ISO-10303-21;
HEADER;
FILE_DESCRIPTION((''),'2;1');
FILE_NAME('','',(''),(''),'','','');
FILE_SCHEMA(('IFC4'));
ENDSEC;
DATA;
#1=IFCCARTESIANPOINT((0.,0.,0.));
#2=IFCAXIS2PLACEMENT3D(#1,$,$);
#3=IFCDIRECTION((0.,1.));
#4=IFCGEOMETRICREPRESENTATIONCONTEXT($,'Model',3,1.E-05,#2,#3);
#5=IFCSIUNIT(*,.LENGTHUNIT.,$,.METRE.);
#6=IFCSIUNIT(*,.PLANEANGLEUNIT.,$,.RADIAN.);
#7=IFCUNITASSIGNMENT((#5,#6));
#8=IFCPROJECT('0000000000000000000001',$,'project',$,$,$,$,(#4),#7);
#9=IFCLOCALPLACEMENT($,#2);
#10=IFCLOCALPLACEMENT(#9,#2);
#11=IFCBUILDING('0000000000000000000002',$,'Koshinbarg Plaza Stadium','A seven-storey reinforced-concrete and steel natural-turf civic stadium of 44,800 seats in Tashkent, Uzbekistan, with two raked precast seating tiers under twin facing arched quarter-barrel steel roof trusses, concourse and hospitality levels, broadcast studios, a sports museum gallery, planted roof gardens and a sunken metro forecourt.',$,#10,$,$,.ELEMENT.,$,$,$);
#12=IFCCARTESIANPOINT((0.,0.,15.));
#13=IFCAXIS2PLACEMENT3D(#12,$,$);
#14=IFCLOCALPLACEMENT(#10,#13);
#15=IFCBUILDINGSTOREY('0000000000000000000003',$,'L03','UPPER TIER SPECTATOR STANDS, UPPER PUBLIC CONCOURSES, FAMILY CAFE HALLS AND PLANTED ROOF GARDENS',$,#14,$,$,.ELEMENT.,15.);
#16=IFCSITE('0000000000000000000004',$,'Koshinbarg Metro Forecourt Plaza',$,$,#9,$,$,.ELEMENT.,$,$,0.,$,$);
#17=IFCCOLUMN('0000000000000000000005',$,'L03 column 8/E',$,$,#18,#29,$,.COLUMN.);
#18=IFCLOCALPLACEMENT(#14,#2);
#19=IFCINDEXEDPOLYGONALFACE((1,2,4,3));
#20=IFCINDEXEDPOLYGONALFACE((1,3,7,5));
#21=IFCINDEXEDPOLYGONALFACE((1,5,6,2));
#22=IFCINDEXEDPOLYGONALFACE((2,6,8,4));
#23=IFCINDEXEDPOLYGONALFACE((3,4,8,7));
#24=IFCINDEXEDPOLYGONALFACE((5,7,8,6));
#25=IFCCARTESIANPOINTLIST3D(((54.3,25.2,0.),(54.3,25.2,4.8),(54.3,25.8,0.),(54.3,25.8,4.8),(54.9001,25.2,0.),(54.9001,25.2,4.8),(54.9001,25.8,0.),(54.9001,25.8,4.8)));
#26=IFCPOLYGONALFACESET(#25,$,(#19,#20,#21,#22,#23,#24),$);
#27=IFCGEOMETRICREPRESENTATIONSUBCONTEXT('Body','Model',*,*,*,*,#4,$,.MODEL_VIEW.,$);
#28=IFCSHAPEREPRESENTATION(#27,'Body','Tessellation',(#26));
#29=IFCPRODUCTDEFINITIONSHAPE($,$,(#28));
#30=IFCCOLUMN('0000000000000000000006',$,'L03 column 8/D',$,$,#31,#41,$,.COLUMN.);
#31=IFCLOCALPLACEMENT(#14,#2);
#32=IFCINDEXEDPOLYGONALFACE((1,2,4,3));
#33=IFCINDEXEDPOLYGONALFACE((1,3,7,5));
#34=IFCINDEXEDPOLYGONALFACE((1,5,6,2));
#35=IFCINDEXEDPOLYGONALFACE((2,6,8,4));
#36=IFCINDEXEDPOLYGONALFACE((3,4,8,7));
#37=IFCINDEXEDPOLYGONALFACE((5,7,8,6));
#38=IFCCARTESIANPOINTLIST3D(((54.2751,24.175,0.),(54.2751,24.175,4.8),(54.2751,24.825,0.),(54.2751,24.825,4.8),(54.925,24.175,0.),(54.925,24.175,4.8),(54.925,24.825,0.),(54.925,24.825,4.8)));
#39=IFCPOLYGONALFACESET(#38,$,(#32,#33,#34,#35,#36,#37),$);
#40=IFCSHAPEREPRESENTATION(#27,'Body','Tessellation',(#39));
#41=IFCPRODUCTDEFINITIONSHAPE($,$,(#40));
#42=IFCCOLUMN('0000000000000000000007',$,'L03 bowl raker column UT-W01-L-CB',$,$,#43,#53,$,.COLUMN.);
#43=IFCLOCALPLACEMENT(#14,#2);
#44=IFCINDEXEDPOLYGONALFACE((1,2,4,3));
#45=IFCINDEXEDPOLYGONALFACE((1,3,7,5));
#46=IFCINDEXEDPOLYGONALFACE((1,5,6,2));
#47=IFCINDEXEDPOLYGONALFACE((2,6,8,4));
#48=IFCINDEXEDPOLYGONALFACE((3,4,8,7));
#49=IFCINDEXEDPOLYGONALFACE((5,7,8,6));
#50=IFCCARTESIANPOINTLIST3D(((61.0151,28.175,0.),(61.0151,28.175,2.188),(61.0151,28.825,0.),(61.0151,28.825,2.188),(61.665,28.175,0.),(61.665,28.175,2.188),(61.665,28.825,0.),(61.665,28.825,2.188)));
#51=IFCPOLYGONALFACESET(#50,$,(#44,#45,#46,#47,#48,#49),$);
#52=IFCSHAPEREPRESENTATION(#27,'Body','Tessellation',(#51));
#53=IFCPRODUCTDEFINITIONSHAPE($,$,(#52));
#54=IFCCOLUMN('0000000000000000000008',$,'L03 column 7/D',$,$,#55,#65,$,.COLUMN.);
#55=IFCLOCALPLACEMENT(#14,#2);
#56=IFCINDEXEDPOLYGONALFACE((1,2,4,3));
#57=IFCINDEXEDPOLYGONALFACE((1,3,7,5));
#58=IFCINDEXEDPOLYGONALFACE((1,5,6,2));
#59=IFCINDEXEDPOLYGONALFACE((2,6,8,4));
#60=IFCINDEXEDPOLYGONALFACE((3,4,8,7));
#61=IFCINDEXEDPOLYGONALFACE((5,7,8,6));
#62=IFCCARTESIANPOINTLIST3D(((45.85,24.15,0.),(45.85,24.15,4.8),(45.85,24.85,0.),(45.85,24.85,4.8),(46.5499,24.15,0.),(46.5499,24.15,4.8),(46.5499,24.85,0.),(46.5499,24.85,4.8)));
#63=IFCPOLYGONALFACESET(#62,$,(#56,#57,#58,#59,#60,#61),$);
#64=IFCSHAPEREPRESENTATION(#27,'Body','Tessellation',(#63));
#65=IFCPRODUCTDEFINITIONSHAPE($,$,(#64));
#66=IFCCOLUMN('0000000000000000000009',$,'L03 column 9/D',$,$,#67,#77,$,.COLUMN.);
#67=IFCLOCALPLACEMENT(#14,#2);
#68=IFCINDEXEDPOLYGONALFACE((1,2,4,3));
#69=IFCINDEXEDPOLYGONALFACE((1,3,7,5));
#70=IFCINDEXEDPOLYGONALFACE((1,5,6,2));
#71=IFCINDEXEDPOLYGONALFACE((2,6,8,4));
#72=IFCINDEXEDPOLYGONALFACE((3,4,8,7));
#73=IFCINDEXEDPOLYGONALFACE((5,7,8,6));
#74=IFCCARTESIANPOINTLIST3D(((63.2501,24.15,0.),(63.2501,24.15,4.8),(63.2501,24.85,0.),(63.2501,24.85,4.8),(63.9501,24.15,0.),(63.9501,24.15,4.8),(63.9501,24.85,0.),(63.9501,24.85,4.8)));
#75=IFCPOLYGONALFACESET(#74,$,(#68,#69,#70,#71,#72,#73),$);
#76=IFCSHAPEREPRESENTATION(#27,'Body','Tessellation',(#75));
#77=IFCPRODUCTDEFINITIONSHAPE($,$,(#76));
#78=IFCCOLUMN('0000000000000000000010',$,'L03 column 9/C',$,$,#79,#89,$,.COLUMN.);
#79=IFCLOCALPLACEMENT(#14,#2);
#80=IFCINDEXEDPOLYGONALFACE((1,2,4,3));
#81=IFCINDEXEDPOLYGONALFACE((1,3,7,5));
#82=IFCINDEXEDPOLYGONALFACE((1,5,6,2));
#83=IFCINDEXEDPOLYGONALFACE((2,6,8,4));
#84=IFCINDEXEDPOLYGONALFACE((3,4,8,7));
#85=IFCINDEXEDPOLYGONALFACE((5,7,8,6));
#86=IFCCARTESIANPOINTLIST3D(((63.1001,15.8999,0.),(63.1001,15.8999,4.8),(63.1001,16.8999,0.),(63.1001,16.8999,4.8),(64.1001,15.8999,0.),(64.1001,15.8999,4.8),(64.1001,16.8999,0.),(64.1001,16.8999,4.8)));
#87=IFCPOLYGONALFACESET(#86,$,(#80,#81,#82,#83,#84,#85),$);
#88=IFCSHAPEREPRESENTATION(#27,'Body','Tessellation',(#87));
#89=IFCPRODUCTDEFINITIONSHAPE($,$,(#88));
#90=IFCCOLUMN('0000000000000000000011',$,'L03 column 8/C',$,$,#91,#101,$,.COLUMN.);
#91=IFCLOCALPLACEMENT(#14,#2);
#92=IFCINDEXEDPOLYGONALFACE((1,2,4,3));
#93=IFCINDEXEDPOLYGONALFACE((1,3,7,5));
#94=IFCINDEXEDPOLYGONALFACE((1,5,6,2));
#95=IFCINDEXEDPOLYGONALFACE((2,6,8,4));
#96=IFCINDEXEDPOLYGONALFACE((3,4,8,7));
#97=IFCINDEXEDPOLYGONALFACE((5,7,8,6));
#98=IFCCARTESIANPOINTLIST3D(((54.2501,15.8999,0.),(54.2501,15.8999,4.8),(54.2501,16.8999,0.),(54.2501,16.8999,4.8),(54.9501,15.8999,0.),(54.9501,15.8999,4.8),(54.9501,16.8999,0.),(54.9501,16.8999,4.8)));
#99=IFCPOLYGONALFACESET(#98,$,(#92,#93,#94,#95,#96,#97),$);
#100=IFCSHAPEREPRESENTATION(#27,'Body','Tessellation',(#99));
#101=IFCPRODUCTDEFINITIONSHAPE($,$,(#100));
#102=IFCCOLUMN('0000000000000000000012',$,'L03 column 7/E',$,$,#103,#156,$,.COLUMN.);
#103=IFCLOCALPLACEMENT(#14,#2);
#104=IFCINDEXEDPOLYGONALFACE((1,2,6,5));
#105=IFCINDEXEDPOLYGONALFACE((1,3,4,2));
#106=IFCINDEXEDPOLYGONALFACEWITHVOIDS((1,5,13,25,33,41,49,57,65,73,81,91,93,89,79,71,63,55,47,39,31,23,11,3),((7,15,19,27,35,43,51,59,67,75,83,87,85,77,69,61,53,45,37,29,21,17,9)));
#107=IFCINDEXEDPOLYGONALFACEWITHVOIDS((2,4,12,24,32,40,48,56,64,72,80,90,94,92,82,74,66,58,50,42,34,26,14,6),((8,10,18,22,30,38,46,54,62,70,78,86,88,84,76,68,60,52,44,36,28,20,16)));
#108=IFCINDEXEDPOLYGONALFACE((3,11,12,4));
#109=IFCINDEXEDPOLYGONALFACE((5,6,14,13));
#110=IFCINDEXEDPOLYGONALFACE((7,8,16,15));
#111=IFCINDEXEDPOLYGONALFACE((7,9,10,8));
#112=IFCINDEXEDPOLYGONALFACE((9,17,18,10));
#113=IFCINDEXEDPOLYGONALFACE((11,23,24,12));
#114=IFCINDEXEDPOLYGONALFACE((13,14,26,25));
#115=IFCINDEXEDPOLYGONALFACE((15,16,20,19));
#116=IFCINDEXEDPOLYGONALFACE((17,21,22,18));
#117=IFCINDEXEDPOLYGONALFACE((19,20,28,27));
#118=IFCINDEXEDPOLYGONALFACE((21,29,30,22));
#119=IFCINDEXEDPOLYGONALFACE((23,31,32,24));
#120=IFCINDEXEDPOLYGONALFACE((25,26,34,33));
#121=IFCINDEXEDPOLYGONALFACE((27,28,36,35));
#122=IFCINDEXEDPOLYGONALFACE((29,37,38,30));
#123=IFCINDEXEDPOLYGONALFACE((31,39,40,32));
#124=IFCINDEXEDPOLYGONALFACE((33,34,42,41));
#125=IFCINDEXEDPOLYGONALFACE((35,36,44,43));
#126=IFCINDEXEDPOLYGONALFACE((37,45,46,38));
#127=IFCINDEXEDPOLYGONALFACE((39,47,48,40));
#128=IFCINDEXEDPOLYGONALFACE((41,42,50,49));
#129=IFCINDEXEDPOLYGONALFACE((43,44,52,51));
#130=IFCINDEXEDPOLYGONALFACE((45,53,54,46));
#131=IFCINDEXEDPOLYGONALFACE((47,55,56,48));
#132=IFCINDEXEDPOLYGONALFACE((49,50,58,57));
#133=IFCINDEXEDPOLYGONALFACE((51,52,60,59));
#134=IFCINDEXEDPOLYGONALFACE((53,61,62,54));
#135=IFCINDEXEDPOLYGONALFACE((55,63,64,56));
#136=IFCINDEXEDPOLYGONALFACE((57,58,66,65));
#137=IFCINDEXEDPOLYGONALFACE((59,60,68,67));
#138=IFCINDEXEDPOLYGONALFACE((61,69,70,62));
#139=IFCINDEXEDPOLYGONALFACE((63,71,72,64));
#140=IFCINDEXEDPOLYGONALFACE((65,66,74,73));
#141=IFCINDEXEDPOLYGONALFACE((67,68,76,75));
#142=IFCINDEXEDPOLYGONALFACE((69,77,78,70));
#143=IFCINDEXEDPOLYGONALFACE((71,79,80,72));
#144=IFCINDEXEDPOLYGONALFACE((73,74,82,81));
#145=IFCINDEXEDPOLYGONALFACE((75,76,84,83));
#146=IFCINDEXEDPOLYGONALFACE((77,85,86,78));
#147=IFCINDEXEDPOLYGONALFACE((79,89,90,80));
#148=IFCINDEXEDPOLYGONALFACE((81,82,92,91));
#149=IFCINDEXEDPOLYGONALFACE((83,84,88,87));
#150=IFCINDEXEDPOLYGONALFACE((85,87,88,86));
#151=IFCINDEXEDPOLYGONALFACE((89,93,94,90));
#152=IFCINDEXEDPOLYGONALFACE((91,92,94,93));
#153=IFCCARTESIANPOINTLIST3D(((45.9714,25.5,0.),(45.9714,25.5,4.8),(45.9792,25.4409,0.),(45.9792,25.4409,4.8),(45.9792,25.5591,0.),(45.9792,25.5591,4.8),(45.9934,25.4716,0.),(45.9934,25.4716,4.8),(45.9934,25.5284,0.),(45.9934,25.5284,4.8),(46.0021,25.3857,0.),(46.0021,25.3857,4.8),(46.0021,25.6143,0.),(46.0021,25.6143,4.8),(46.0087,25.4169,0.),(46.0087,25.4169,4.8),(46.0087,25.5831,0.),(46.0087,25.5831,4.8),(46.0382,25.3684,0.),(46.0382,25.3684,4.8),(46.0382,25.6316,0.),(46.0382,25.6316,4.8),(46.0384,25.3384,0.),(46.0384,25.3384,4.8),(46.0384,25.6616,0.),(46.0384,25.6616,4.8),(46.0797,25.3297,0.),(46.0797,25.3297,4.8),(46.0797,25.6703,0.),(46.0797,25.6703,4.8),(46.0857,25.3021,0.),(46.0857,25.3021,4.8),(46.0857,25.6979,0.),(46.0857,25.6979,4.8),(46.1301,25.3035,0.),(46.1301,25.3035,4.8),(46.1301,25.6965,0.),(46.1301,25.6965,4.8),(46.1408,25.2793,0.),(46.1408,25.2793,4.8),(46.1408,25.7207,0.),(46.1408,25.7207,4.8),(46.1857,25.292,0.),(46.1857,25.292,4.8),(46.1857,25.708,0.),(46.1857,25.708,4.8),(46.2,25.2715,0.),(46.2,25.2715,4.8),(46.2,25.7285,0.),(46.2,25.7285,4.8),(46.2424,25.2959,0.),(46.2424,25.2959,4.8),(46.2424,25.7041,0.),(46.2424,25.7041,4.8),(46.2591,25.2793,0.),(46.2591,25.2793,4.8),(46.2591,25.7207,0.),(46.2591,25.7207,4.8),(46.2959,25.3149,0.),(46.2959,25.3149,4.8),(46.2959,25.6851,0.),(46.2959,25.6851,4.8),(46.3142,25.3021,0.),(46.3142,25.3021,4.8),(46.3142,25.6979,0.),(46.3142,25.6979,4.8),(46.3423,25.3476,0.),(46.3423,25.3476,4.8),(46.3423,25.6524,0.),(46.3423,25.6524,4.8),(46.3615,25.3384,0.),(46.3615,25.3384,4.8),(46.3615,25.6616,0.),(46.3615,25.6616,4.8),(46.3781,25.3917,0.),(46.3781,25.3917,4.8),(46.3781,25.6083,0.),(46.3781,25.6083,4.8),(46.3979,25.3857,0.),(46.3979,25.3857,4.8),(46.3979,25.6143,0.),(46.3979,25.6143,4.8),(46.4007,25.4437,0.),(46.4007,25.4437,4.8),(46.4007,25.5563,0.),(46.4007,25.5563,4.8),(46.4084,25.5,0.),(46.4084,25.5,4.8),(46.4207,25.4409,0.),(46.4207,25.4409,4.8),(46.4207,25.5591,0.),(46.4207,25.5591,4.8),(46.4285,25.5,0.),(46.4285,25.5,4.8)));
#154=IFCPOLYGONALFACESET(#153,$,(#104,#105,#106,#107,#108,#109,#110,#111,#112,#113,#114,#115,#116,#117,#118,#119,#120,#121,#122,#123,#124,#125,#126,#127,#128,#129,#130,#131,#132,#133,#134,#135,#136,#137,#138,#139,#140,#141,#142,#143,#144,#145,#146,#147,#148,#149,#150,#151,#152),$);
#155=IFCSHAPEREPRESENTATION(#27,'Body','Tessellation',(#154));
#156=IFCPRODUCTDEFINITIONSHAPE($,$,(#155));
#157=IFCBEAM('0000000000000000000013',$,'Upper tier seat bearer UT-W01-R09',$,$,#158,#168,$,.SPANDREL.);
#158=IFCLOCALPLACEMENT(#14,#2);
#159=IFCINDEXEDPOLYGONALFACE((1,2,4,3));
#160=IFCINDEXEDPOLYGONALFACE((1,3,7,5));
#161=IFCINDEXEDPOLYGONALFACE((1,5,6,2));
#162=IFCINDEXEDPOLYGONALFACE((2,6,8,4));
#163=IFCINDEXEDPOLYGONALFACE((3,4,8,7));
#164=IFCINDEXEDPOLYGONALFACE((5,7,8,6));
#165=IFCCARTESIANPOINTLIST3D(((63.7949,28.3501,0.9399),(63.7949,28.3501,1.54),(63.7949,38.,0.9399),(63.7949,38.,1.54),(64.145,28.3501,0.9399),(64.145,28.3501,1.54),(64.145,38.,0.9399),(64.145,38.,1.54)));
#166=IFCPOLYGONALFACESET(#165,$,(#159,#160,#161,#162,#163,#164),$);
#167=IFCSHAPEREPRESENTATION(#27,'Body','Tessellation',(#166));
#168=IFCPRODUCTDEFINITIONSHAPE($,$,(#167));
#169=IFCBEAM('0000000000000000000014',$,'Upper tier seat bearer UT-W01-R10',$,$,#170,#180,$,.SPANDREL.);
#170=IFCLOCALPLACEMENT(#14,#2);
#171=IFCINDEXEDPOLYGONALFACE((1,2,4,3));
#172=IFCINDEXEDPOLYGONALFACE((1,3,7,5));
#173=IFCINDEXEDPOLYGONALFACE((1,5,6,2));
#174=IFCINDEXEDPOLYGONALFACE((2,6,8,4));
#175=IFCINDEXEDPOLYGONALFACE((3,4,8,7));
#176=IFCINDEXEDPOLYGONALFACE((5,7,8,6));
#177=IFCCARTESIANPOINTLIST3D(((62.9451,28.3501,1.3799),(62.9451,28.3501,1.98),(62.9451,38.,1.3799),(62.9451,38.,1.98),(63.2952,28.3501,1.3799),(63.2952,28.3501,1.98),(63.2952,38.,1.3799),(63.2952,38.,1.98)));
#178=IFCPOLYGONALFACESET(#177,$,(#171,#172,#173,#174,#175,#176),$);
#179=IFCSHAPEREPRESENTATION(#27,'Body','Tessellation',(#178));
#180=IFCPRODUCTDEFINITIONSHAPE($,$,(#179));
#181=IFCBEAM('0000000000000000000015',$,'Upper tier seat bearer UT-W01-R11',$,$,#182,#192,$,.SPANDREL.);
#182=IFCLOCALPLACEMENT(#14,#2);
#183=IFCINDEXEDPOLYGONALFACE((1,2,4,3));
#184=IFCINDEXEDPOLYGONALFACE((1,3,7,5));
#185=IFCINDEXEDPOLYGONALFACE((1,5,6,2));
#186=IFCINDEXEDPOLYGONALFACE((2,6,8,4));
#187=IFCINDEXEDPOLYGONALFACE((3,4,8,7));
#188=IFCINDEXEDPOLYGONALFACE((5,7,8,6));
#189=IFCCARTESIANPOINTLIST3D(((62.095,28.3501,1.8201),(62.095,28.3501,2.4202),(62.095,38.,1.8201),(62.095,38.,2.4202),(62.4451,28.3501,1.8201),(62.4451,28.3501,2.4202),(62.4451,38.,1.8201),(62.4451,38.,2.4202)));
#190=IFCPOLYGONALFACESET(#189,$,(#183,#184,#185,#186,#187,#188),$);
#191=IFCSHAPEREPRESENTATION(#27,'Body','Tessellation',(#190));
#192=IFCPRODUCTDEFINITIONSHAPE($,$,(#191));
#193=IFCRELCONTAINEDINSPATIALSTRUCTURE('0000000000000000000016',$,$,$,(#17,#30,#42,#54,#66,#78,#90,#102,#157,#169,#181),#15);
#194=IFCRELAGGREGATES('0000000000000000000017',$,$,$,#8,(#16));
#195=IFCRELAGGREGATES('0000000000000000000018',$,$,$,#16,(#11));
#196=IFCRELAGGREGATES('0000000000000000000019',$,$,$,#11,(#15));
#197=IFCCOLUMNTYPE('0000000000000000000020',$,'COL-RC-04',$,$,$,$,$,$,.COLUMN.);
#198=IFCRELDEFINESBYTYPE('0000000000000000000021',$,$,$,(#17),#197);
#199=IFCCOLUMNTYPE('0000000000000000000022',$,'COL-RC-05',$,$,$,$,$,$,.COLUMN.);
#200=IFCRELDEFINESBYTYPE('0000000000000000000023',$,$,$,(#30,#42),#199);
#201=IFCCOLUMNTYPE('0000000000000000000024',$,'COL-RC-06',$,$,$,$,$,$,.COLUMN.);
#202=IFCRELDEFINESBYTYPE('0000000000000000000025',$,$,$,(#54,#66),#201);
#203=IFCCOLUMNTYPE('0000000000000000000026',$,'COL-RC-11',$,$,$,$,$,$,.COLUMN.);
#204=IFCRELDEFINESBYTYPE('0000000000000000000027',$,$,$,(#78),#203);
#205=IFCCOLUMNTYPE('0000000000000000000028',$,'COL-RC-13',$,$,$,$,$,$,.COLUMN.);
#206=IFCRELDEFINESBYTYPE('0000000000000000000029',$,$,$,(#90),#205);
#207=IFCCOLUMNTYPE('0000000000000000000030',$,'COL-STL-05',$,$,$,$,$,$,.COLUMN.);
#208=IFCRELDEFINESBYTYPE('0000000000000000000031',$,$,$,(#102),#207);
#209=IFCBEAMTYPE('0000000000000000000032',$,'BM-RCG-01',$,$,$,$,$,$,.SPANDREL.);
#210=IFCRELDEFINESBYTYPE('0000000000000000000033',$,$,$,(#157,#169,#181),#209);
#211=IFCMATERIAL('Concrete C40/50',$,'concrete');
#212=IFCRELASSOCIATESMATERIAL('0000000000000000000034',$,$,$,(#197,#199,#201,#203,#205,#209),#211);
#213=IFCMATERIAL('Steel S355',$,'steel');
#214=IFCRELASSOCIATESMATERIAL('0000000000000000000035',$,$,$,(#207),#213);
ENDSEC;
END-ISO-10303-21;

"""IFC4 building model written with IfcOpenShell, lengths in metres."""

from ifc_helpers import new_model, si_unit, direction, frame, origin, origin_2d, place, context, subcontext, project, spatial, rectangle, hollow_circle, extrude, material, material_profile, profile_set, type_object, element, save


model = new_model("IFC4")

# Units and contexts
model_context = context("Model", 3, precision=1e-05, world=origin(), true_north=direction((0.0, 1.0)))
body_context = subcontext(model_context, "Body", "Model", "MODEL_VIEW")
ifc_project = project(units=[si_unit("LENGTHUNIT", "METRE"), si_unit("PLANEANGLEUNIT", "RADIAN")], contexts=[model_context])

# Site, building, storey
site_placement = place(None, origin())
site = spatial("IfcSite", under=ifc_project, at=site_placement, Name="Koshinbarg Metro Forecourt Plaza", CompositionType="ELEMENT", RefElevation=0.0)
building_placement = place(site_placement, origin())
building = spatial("IfcBuilding", under=site, at=building_placement, Name="Koshinbarg Plaza Stadium", Description="A seven-storey reinforced-concrete and steel natural-turf civic stadium of 44,800 seats in Tashkent, Uzbekistan, with two raked precast seating tiers under twin facing arched quarter-barrel steel roof trusses, concourse and hospitality levels, broadcast studios, a sports museum gallery, planted roof gardens and a sunken metro forecourt.", CompositionType="ELEMENT")
storey_placement = place(building_placement, frame((0.0, 0.0, 15.0)))
storey = spatial("IfcBuildingStorey", under=building, at=storey_placement, Name="L03", Description="UPPER TIER SPECTATOR STANDS, UPPER PUBLIC CONCOURSES, FAMILY CAFE HALLS AND PLANTED ROOF GARDENS", CompositionType="ELEMENT", Elevation=15.0)

# Columns
ifc_material_1 = material(Name="Concrete C40/50", Category="concrete")
ifc_material_profile_1 = material_profile(ifc_material_1, rectangle(XDim=0.6001, YDim=0.6001, at=origin_2d()), Name="RC 600x600")
ifc_profile_set_1 = profile_set([ifc_material_profile_1], Name="Concrete C40/50")
column_type_1 = type_object("IfcColumnType", Name="COL-RC-04", PredefinedType="COLUMN", material=ifc_profile_set_1)
column_1_placement = place(storey_placement, frame((54.6001, 25.5, 0.0), z_axis=(0.0, 0.0, 1.0), x_axis=(1.0, 0.0, 0.0)))
element("IfcColumn", 1, at=column_1_placement, inside=storey, type_object=column_type_1, Name="L03 column 8/E", PredefinedType="COLUMN", context=body_context, shape_type="SweptSolid", body=[
    extrude(rectangle(XDim=0.6001, YDim=0.6001, at=origin_2d()), origin(), (0.0, 0.0, 1.0), 4.8),
])
ifc_material_profile_2 = material_profile(ifc_material_1, rectangle(XDim=0.6499, YDim=0.6499, at=origin_2d()), Name="RC 650x650")
ifc_profile_set_2 = profile_set([ifc_material_profile_2], Name="Concrete C40/50")
column_type_2 = type_object("IfcColumnType", Name="COL-RC-05", PredefinedType="COLUMN", material=ifc_profile_set_2)
column_2_placement = place(storey_placement, frame((54.6001, 24.5, 0.0), z_axis=(0.0, 0.0, 1.0), x_axis=(1.0, 0.0, 0.0)))
element("IfcColumn", 2, at=column_2_placement, inside=storey, type_object=column_type_2, Name="L03 column 8/D", PredefinedType="COLUMN", context=body_context, shape_type="SweptSolid", body=[
    extrude(rectangle(XDim=0.6499, YDim=0.6499, at=origin_2d()), origin(), (0.0, 0.0, 1.0), 4.8),
])
column_3_placement = place(storey_placement, frame((61.3401, 28.5, 0.0), z_axis=(0.0, 0.0, 1.0), x_axis=(1.0, 0.0, 0.0)))
element("IfcColumn", 3, at=column_3_placement, inside=storey, type_object=column_type_2, Name="L03 bowl raker column UT-W01-L-CB", PredefinedType="COLUMN", context=body_context, shape_type="SweptSolid", body=[
    extrude(rectangle(XDim=0.6499, YDim=0.6499, at=origin_2d()), origin(), (0.0, 0.0, 1.0), 2.188),
])
ifc_material_profile_3 = material_profile(ifc_material_1, rectangle(XDim=0.7, YDim=0.7, at=origin_2d()), Name="RC 700x700")
ifc_profile_set_3 = profile_set([ifc_material_profile_3], Name="Concrete C40/50")
column_type_3 = type_object("IfcColumnType", Name="COL-RC-06", PredefinedType="COLUMN", material=ifc_profile_set_3)
for number, where, z_axis, x_axis, name in (
    (4, (46.2, 24.5, 0.0), (0.0, 0.0, 1.0), (1.0, 0.0, 0.0), "L03 column 7/D"),
    (5, (63.6001, 24.5, 0.0), (0.0, 0.0, 1.0), (1.0, 0.0, 0.0), "L03 column 9/D"),
):
    element("IfcColumn", number, at=place(storey_placement, frame(where, z_axis=z_axis, x_axis=x_axis)), inside=storey, type_object=column_type_3, Name=name, PredefinedType="COLUMN", context=body_context, shape_type="SweptSolid", body=[
        extrude(rectangle(XDim=0.7, YDim=0.7, at=origin_2d()), origin(), (0.0, 0.0, 1.0), 4.8),
    ])
ifc_material_profile_4 = material_profile(ifc_material_1, rectangle(XDim=1.0, YDim=1.0, at=origin_2d()), Name="RC 1000x1000")
ifc_profile_set_4 = profile_set([ifc_material_profile_4], Name="Concrete C40/50")
column_type_4 = type_object("IfcColumnType", Name="COL-RC-11", PredefinedType="COLUMN", material=ifc_profile_set_4)
column_4_placement = place(storey_placement, frame((63.6001, 16.3999, 0.0), z_axis=(0.0, 0.0, 1.0), x_axis=(1.0, 0.0, 0.0)))
element("IfcColumn", 6, at=column_4_placement, inside=storey, type_object=column_type_4, Name="L03 column 9/C", PredefinedType="COLUMN", context=body_context, shape_type="SweptSolid", body=[
    extrude(rectangle(XDim=1.0, YDim=1.0, at=origin_2d()), origin(), (0.0, 0.0, 1.0), 4.8),
])
ifc_material_profile_5 = material_profile(ifc_material_1, rectangle(XDim=0.7, YDim=1.0, at=origin_2d()), Name="RC 700x1000")
ifc_profile_set_5 = profile_set([ifc_material_profile_5], Name="Concrete C40/50")
column_type_5 = type_object("IfcColumnType", Name="COL-RC-13", PredefinedType="COLUMN", material=ifc_profile_set_5)
column_5_placement = place(storey_placement, frame((54.6001, 16.3999, 0.0), z_axis=(0.0, 0.0, 1.0), x_axis=(1.0, 0.0, 0.0)))
element("IfcColumn", 7, at=column_5_placement, inside=storey, type_object=column_type_5, Name="L03 column 8/C", PredefinedType="COLUMN", context=body_context, shape_type="SweptSolid", body=[
    extrude(rectangle(XDim=0.7, YDim=1.0, at=origin_2d()), origin(), (0.0, 0.0, 1.0), 4.8),
])
ifc_material_2 = material(Name="Steel S355", Category="steel")
ifc_material_profile_6 = material_profile(ifc_material_2, hollow_circle(Radius=0.2285, WallThickness=0.02, at=origin_2d()), Name="CHS 457x20")
ifc_profile_set_6 = profile_set([ifc_material_profile_6], Name="Steel S355")
column_type_6 = type_object("IfcColumnType", Name="COL-STL-05", PredefinedType="COLUMN", material=ifc_profile_set_6)
column_6_placement = place(storey_placement, frame((46.2, 25.5, 0.0), z_axis=(0.0, 0.0, 1.0), x_axis=(1.0, 0.0, 0.0)))
element("IfcColumn", 8, at=column_6_placement, inside=storey, type_object=column_type_6, Name="L03 column 7/E", PredefinedType="COLUMN", context=body_context, shape_type="SweptSolid", body=[
    extrude(hollow_circle(Radius=0.2285, WallThickness=0.02, at=origin_2d()), origin(), (0.0, 0.0, 1.0), 4.8),
])

# Beams
ifc_material_profile_7 = material_profile(ifc_material_1, rectangle(XDim=0.3501, YDim=0.6001, at=origin_2d()), Name="RC 350x600")
ifc_profile_set_7 = profile_set([ifc_material_profile_7], Name="Concrete C40/50")
beam_type_1 = type_object("IfcBeamType", Name="BM-RCG-01", PredefinedType="SPANDREL", material=ifc_profile_set_7)
for number, where, z_axis, x_axis, name in (
    (9, (63.97, 28.3501, 1.24), (0.0, 1.0, 0.0), (-1.0, 0.0, 0.0), "Upper tier seat bearer UT-W01-R09"),
    (10, (63.1201, 28.3501, 1.6799), (0.0, 1.0, 0.0), (-1.0, 0.0, 0.0), "Upper tier seat bearer UT-W01-R10"),
    (11, (62.27, 28.3501, 2.1201), (0.0, 1.0, 0.0), (-1.0, 0.0, 0.0), "Upper tier seat bearer UT-W01-R11"),
):
    element("IfcBeam", number, at=place(storey_placement, frame(where, z_axis=z_axis, x_axis=x_axis)), inside=storey, type_object=beam_type_1, Name=name, PredefinedType="SPANDREL", context=body_context, shape_type="SweptSolid", body=[
        extrude(rectangle(XDim=0.3501, YDim=0.6001, at=origin_2d()), origin(), (0.0, 0.0, 1.0), 9.6499),
    ])

save(model, "model.ifc")
